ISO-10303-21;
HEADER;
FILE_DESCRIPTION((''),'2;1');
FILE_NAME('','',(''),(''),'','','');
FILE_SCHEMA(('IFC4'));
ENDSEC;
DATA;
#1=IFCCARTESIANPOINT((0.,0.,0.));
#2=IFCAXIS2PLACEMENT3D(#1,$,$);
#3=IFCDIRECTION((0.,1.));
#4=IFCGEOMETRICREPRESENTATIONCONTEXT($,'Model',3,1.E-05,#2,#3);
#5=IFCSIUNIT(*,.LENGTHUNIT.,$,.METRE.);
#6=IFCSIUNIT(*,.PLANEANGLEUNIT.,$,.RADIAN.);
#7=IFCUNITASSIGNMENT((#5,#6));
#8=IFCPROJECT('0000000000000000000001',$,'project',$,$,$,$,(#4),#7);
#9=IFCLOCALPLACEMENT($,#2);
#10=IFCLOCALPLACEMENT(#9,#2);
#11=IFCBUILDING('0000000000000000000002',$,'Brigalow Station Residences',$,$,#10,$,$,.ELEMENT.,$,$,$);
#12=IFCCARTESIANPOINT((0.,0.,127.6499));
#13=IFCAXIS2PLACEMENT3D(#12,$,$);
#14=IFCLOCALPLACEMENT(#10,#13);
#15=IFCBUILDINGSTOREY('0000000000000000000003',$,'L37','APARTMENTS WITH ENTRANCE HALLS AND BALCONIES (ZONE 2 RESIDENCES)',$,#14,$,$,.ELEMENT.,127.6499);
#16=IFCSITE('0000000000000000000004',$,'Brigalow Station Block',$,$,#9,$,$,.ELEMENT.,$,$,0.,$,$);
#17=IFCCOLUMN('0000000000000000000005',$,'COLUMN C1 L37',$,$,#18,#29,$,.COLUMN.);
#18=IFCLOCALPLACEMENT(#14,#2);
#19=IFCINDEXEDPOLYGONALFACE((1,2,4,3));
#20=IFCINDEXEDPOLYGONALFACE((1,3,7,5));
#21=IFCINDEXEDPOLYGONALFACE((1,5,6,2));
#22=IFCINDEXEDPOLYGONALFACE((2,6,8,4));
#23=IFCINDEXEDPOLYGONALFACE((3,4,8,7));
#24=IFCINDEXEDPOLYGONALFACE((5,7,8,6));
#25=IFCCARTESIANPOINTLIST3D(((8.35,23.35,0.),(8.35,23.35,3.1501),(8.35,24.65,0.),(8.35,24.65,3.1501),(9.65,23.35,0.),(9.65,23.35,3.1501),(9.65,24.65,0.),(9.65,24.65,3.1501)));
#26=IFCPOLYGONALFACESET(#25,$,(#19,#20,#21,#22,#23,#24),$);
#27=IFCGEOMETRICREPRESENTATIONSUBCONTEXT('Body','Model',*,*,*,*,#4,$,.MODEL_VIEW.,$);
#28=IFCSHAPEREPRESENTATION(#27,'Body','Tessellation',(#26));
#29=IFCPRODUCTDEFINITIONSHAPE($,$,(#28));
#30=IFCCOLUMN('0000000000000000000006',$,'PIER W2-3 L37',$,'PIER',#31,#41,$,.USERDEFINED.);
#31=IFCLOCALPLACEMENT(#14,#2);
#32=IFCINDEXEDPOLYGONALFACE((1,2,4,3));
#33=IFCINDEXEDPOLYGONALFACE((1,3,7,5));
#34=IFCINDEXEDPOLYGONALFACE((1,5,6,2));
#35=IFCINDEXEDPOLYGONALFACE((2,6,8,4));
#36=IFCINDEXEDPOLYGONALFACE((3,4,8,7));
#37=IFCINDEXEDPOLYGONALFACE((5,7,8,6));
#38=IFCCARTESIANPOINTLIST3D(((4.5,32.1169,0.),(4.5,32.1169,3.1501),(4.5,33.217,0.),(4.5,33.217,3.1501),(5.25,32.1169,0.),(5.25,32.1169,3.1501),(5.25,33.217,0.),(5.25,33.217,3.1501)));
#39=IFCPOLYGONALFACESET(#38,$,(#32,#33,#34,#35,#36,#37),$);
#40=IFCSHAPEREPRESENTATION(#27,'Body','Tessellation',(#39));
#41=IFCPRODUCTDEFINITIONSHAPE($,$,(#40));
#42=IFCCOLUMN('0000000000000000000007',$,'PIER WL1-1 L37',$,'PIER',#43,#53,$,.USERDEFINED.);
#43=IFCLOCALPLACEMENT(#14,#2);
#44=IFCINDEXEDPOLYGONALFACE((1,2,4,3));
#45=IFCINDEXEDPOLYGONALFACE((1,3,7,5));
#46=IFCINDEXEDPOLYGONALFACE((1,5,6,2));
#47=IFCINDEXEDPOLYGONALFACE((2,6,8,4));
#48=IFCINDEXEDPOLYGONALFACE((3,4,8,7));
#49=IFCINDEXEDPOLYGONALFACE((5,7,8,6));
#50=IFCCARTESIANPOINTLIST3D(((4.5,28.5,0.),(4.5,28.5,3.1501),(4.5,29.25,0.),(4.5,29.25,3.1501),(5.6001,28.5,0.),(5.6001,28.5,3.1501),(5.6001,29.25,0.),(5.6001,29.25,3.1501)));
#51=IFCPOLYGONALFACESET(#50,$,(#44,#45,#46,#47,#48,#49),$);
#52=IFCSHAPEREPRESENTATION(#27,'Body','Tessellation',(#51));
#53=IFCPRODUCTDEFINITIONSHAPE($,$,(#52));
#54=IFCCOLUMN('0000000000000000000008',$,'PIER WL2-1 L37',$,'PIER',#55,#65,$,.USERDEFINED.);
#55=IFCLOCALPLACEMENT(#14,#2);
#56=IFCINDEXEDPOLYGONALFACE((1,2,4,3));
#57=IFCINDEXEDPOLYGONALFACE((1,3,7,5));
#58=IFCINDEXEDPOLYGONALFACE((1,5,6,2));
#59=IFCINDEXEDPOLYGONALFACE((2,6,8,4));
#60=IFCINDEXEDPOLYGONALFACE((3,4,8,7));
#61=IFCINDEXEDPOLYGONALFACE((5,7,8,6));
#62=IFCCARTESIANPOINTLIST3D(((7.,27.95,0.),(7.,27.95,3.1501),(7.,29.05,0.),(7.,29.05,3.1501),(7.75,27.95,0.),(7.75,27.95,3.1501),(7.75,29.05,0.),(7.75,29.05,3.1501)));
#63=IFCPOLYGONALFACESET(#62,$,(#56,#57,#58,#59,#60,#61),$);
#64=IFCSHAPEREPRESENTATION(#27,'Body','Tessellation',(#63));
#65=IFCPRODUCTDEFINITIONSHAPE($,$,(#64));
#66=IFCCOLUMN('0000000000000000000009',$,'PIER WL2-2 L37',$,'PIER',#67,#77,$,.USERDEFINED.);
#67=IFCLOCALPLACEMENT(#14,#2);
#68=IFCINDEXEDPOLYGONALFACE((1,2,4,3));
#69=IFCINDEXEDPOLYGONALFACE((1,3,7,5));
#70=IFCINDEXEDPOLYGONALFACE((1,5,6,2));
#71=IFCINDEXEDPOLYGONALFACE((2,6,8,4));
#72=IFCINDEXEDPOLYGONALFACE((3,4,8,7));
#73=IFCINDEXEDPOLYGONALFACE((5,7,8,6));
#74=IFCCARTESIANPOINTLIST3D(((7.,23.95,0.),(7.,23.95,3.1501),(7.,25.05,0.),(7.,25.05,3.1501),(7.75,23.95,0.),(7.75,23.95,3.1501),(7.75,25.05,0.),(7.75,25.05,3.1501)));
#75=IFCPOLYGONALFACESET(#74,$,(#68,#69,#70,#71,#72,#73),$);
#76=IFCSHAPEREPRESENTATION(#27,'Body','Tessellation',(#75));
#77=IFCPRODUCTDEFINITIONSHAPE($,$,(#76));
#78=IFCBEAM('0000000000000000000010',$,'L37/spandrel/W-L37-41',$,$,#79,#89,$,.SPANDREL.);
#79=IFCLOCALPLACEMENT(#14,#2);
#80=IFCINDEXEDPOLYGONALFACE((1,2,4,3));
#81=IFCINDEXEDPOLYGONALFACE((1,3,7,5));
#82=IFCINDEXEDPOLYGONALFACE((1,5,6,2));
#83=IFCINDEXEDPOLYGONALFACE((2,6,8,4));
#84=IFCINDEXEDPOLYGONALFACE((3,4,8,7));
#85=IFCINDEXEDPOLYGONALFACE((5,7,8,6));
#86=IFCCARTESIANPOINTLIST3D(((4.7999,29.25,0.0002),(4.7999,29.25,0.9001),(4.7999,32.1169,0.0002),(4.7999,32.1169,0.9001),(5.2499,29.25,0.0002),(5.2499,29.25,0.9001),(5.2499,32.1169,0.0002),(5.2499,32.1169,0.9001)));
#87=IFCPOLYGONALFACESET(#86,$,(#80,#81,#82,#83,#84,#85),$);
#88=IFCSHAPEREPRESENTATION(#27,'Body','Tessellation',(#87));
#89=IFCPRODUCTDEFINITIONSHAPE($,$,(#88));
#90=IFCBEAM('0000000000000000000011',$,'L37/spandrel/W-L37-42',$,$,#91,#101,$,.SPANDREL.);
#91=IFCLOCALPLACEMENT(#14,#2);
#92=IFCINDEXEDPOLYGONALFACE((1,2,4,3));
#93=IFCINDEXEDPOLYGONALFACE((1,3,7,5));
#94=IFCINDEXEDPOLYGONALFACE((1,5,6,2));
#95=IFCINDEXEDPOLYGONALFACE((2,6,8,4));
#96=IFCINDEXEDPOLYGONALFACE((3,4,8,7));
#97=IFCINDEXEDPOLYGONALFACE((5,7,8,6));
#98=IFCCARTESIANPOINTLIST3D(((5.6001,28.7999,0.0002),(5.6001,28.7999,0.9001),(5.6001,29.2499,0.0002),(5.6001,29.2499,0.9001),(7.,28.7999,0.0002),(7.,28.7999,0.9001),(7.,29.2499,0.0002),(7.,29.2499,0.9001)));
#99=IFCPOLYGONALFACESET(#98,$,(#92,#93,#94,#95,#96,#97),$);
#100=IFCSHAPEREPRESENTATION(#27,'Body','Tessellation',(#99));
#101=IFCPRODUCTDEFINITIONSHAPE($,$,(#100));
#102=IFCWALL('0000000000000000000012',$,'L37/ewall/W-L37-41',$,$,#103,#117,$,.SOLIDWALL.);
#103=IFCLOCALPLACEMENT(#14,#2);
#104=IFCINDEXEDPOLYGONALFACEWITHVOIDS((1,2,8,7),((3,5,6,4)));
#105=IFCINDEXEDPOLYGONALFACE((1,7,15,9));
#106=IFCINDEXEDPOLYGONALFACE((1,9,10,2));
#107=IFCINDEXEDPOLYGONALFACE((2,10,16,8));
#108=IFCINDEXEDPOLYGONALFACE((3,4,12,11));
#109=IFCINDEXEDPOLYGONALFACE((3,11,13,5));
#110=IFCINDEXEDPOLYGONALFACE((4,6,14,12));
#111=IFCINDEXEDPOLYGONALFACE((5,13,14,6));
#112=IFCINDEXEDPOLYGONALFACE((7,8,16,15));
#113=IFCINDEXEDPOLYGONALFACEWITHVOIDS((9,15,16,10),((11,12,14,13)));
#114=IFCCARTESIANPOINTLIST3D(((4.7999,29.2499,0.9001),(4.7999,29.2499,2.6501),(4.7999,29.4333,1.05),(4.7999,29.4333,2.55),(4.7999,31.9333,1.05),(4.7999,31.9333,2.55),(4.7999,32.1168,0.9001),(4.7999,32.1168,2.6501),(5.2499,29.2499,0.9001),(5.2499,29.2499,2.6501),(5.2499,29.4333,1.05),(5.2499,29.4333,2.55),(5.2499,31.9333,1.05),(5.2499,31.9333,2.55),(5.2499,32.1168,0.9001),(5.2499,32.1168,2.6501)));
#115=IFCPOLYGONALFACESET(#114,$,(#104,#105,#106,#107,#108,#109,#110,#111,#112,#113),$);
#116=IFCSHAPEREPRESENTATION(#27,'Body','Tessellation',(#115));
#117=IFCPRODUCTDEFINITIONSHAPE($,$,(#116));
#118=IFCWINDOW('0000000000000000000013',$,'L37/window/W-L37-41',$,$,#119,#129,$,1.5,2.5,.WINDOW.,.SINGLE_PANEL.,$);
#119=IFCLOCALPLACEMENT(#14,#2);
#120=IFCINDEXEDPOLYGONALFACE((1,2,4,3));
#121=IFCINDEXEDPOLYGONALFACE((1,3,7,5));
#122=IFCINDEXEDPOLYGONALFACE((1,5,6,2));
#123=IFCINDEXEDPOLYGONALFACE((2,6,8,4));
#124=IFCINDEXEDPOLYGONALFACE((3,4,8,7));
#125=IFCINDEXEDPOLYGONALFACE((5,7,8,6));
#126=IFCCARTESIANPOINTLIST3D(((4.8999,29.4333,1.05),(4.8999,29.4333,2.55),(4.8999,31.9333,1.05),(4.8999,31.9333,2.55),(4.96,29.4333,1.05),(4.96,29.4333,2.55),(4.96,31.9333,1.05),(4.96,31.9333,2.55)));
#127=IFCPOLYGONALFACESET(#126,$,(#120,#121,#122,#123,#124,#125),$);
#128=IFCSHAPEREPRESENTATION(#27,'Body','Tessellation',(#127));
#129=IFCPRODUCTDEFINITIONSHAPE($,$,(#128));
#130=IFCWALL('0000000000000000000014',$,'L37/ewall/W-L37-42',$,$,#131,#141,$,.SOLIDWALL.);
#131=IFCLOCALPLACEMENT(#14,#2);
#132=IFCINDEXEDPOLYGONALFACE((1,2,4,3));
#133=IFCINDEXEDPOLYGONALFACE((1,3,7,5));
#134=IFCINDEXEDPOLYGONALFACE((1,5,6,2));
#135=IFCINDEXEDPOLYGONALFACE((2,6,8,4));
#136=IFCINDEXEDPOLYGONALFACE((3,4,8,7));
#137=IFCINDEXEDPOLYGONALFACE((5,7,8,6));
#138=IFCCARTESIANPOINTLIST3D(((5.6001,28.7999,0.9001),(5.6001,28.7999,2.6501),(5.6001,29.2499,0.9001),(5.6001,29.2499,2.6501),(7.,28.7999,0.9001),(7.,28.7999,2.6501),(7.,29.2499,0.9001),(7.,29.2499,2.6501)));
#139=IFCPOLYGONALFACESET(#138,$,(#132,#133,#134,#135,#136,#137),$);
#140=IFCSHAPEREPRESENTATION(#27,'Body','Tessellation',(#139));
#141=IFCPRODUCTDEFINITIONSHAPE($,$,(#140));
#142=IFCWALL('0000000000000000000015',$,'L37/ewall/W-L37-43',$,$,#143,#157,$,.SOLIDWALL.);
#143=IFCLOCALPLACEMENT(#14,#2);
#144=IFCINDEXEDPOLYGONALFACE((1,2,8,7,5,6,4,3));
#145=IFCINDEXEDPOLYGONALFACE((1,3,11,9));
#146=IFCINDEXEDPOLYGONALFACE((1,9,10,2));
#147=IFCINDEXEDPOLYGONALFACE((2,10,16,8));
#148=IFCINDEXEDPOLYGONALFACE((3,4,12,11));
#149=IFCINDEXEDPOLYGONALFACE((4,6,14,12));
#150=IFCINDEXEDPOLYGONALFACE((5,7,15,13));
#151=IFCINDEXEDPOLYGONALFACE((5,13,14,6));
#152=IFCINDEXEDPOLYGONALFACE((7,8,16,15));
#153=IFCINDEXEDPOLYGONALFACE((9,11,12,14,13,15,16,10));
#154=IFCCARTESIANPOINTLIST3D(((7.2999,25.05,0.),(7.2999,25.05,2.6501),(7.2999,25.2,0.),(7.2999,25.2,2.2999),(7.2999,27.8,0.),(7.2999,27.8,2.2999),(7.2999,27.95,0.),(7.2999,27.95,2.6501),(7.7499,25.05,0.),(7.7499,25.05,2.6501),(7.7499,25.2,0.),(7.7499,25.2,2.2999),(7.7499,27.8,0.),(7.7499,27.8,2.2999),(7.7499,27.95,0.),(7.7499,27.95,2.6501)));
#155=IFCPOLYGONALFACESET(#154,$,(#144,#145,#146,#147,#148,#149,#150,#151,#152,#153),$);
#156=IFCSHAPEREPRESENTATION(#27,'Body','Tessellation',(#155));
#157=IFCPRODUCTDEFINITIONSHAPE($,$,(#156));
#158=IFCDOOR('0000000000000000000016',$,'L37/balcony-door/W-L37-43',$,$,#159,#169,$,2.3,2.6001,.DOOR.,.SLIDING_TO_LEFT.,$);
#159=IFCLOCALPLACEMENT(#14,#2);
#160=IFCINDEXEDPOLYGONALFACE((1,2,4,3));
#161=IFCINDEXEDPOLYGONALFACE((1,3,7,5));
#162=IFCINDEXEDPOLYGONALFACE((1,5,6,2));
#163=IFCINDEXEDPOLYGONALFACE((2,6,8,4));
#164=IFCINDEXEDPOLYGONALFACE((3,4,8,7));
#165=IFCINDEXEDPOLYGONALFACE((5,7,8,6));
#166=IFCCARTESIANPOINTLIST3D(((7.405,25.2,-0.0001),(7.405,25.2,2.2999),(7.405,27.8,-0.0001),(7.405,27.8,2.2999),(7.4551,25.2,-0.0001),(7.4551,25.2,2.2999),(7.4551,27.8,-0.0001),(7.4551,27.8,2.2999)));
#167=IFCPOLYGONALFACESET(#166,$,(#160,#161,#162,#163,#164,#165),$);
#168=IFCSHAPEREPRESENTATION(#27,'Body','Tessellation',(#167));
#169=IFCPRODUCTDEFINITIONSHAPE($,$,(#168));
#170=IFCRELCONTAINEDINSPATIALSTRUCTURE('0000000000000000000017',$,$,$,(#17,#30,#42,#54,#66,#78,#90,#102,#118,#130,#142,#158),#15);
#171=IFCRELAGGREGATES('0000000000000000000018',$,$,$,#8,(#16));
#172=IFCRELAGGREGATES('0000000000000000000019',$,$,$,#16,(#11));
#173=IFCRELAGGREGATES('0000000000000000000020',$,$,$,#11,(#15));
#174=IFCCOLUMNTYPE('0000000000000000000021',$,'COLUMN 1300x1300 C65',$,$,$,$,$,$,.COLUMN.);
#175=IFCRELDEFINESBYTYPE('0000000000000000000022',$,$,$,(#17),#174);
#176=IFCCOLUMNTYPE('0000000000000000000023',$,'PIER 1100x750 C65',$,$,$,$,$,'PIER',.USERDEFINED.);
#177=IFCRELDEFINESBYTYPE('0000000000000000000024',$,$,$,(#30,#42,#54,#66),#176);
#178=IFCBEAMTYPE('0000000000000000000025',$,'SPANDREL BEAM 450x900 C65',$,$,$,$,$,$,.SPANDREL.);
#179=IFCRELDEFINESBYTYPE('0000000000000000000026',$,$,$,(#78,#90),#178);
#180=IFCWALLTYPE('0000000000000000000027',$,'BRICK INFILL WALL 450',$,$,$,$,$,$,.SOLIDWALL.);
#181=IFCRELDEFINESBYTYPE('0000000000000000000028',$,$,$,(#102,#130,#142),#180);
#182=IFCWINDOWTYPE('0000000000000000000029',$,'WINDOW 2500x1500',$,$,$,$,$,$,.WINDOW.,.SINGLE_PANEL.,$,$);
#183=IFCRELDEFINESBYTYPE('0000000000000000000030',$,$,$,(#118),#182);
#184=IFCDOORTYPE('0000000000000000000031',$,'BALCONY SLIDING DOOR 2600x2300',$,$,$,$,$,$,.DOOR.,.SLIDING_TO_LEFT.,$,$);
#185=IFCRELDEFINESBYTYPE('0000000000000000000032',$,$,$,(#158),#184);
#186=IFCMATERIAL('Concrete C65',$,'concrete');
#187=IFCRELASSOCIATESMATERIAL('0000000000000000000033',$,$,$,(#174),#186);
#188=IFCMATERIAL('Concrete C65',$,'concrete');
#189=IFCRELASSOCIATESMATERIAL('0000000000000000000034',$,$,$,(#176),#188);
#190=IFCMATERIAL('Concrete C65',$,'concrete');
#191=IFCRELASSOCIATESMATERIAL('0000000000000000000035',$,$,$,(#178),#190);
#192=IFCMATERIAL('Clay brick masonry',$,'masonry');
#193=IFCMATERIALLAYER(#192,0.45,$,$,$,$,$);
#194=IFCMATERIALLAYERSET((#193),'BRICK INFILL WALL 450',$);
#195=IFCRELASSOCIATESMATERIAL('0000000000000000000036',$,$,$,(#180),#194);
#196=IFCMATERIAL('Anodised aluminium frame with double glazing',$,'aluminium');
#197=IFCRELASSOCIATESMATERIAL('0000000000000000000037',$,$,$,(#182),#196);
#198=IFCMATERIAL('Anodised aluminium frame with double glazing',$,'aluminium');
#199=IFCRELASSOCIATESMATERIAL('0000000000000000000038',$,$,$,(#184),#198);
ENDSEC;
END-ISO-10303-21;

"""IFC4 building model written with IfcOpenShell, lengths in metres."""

from ifc_helpers import new_model, si_unit, direction, frame, frame_2d, origin, origin_2d, place, context, subcontext, project, spatial, rectangle, extrude, material, layer, layer_set, material_profile, profile_set, type_object, element, fill, save


model = new_model("IFC4")

# Units and contexts
model_context = context("Model", 3, precision=1e-05, world=origin(), true_north=direction((0.0, 1.0)))
body_context = subcontext(model_context, "Body", "Model", "MODEL_VIEW")
ifc_project = project(units=[si_unit("LENGTHUNIT", "METRE"), si_unit("PLANEANGLEUNIT", "RADIAN")], contexts=[model_context])

# Site, building, storey
site_placement = place(None, origin())
site = spatial("IfcSite", under=ifc_project, at=site_placement, Name="Brigalow Station Block", CompositionType="ELEMENT", RefElevation=0.0)
building_placement = place(site_placement, origin())
building = spatial("IfcBuilding", under=site, at=building_placement, Name="Brigalow Station Residences", CompositionType="ELEMENT")
storey_placement = place(building_placement, frame((0.0, 0.0, 127.6499)))
storey = spatial("IfcBuildingStorey", under=building, at=storey_placement, Name="L37", Description="APARTMENTS WITH ENTRANCE HALLS AND BALCONIES (ZONE 2 RESIDENCES)", CompositionType="ELEMENT", Elevation=127.6499)

# Columns
ifc_material_1 = material(Name="Concrete C65", Category="concrete")
ifc_material_profile_1 = material_profile(ifc_material_1, rectangle(XDim=1.3, YDim=1.3, at=origin_2d()), Name="RC1300x1300")
ifc_profile_set_1 = profile_set([ifc_material_profile_1], Name="Concrete C65")
column_type_1 = type_object("IfcColumnType", Name="COLUMN 1300x1300 C65", PredefinedType="COLUMN", material=ifc_profile_set_1)
column_placement = place(storey_placement, frame((9.0, 24.0, 0.0), z_axis=(0.0, 0.0, 1.0), x_axis=(1.0, 0.0, 0.0)))
element("IfcColumn", 1, at=column_placement, inside=storey, type_object=column_type_1, Name="COLUMN C1 L37", PredefinedType="COLUMN", context=body_context, shape_type="SweptSolid", body=[
    extrude(rectangle(XDim=1.3, YDim=1.3, at=origin_2d()), origin(), (0.0, 0.0, 1.0), 3.1501),
])
ifc_material_2 = material(Name="Concrete C65", Category="concrete")
ifc_material_profile_2 = material_profile(ifc_material_2, rectangle(XDim=1.1001, YDim=0.75, at=origin_2d()), Name="RC1100x750")
ifc_profile_set_2 = profile_set([ifc_material_profile_2], Name="Concrete C65")
column_type_2 = type_object("IfcColumnType", Name="PIER 1100x750 C65", ElementType="PIER", PredefinedType="USERDEFINED", material=ifc_profile_set_2)
for number, where, z_axis, x_axis, name in (
    (2, (4.875, 32.667, 0.0), (0.0, 0.0, 1.0), (0.0, -1.0, 0.0), "PIER W2-3 L37"),
    (3, (5.05, 28.875, 0.0), (0.0, 0.0, 1.0), (1.0, 0.0, 0.0), "PIER WL1-1 L37"),
    (4, (7.375, 28.5, 0.0), (0.0, 0.0, 1.0), (0.0, -1.0, 0.0), "PIER WL2-1 L37"),
    (5, (7.375, 24.5, 0.0), (0.0, 0.0, 1.0), (0.0, -1.0, 0.0), "PIER WL2-2 L37"),
):
    element("IfcColumn", number, at=place(storey_placement, frame(where, z_axis=z_axis, x_axis=x_axis)), inside=storey, type_object=column_type_2, Name=name, ObjectType="PIER", PredefinedType="USERDEFINED", context=body_context, shape_type="SweptSolid", body=[
        extrude(rectangle(XDim=1.1001, YDim=0.75, at=origin_2d()), origin(), (0.0, 0.0, 1.0), 3.1501),
    ])

# Beams
ifc_material_3 = material(Name="Concrete C65", Category="concrete")
ifc_material_profile_3 = material_profile(ifc_material_3, rectangle(XDim=0.45, YDim=0.8999, at=origin_2d()), Name="RC450x900")
ifc_profile_set_3 = profile_set([ifc_material_profile_3], Name="Concrete C65")
beam_type = type_object("IfcBeamType", Name="SPANDREL BEAM 450x900 C65", PredefinedType="SPANDREL", material=ifc_profile_set_3)
beam_1_placement = place(storey_placement, frame((5.0249, 32.1169, 0.4502), z_axis=(0.0, -1.0, 0.0), x_axis=(1.0, 0.0, 0.0)))
element("IfcBeam", 6, at=beam_1_placement, inside=storey, type_object=beam_type, Name="L37/spandrel/W-L37-41", PredefinedType="SPANDREL", context=body_context, shape_type="SweptSolid", body=[
    extrude(rectangle(XDim=0.45, YDim=0.8999, at=origin_2d()), origin(), (0.0, 0.0, 1.0), 2.8669),
])
beam_2_placement = place(storey_placement, frame((5.6001, 29.0249, 0.4502), z_axis=(1.0, 0.0, 0.0), x_axis=(0.0, 1.0, 0.0)))
element("IfcBeam", 7, at=beam_2_placement, inside=storey, type_object=beam_type, Name="L37/spandrel/W-L37-42", PredefinedType="SPANDREL", context=body_context, shape_type="SweptSolid", body=[
    extrude(rectangle(XDim=0.45, YDim=0.8999, at=origin_2d()), origin(), (0.0, 0.0, 1.0), 1.3999),
])

# Wall, opening, window
ifc_material_4 = material(Name="Clay brick masonry", Category="masonry")
ifc_layer_1 = layer(ifc_material_4, 0.45)
ifc_layer_set_1 = layer_set([ifc_layer_1], Name="BRICK INFILL WALL 450")
wall_type_1 = type_object("IfcWallType", Name="BRICK INFILL WALL 450", PredefinedType="SOLIDWALL", material=ifc_layer_set_1)
wall_1_placement = place(storey_placement, frame((5.0249, 32.1169, 0.9001), z_axis=(0.0, 0.0, 1.0), x_axis=(0.0, -1.0, 0.0)))
wall_1 = element("IfcWall", 8, at=wall_1_placement, inside=storey, type_object=wall_type_1, Name="L37/ewall/W-L37-41", PredefinedType="SOLIDWALL", context=body_context, shape_type="SweptSolid", body=[
    extrude(rectangle(XDim=2.8669, YDim=0.45, at=frame_2d((1.4336, 0.0))), origin(), (0.0, 0.0, 1.0), 1.75),
])
opening_1_placement = place(wall_1_placement, frame((0.1836, 0.0, 0.1499)))
opening_1 = element("IfcOpeningElement", 9, at=opening_1_placement, cuts=wall_1, PredefinedType="OPENING", context=body_context, shape_type="SweptSolid", body=[
    extrude(rectangle(XDim=2.5, YDim=1.5, at=frame_2d((1.25, 0.75))), frame((0.0, 0.2349, 0.0), z_axis=(0.0, -1.0, 0.0), x_axis=(1.0, 0.0, 0.0)), (0.0, 0.0, 1.0), 0.47),
])
ifc_material_5 = material(Name="Anodised aluminium frame with double glazing", Category="aluminium")
window_type = type_object("IfcWindowType", Name="WINDOW 2500x1500", PartitioningType="SINGLE_PANEL", PredefinedType="WINDOW", material=ifc_material_5)
window_placement = place(opening_1_placement, origin())
window = element("IfcWindow", 10, at=window_placement, inside=storey, type_object=window_type, Name="L37/window/W-L37-41", OverallHeight=1.5, OverallWidth=2.5, PartitioningType="SINGLE_PANEL", PredefinedType="WINDOW", context=body_context, shape_type="SweptSolid", body=[
    extrude(rectangle(XDim=2.5, YDim=1.5, at=frame_2d((1.25, 0.75))), frame((0.0, -0.0649, 0.0), z_axis=(0.0, -1.0, 0.0), x_axis=(1.0, 0.0, 0.0)), (0.0, 0.0, 1.0), 0.0601),
])
fill(opening_1, window)

# Wall
wall_2_placement = place(storey_placement, frame((5.6001, 29.0249, 0.9001), z_axis=(0.0, 0.0, 1.0), x_axis=(1.0, 0.0, 0.0)))
element("IfcWall", 11, at=wall_2_placement, inside=storey, type_object=wall_type_1, Name="L37/ewall/W-L37-42", PredefinedType="SOLIDWALL", context=body_context, shape_type="SweptSolid", body=[
    extrude(rectangle(XDim=1.3999, YDim=0.45, at=frame_2d((0.7, 0.0))), origin(), (0.0, 0.0, 1.0), 1.75),
])

# Wall, opening, door
wall_3_placement = place(storey_placement, frame((7.5249, 27.95, 0.0), z_axis=(0.0, 0.0, 1.0), x_axis=(0.0, -1.0, 0.0)))
wall_3 = element("IfcWall", 12, at=wall_3_placement, inside=storey, type_object=wall_type_1, Name="L37/ewall/W-L37-43", PredefinedType="SOLIDWALL", context=body_context, shape_type="SweptSolid", body=[
    extrude(rectangle(XDim=2.8999, YDim=0.45, at=frame_2d((1.45, 0.0))), origin(), (0.0, 0.0, 1.0), 2.6501),
])
opening_2_placement = place(wall_3_placement, frame((0.1499, 0.0, 0.0)))
opening_2 = element("IfcOpeningElement", 13, at=opening_2_placement, cuts=wall_3, PredefinedType="OPENING", context=body_context, shape_type="SweptSolid", body=[
    extrude(rectangle(XDim=2.6001, YDim=2.3, at=frame_2d((1.3, 1.1499))), frame((0.0, 0.2349, 0.0), z_axis=(0.0, -1.0, 0.0), x_axis=(1.0, 0.0, 0.0)), (0.0, 0.0, 1.0), 0.47),
])
ifc_material_6 = material(Name="Anodised aluminium frame with double glazing", Category="aluminium")
door_type_1 = type_object("IfcDoorType", Name="BALCONY SLIDING DOOR 2600x2300", OperationType="SLIDING_TO_LEFT", PredefinedType="DOOR", material=ifc_material_6)
door_1_placement = place(opening_2_placement, origin())
door_1 = element("IfcDoor", 14, at=door_1_placement, inside=storey, type_object=door_type_1, Name="L37/balcony-door/W-L37-43", OperationType="SLIDING_TO_LEFT", OverallHeight=2.3, OverallWidth=2.6001, PredefinedType="DOOR", context=body_context, shape_type="SweptSolid", body=[
    extrude(rectangle(XDim=2.6001, YDim=2.3, at=frame_2d((1.3, 1.1499))), frame((0.0, -0.0698, 0.0), z_axis=(0.0, -1.0, 0.0), x_axis=(1.0, 0.0, 0.0)), (0.0, 0.0, 1.0), 0.05),
])
fill(opening_2, door_1)

save(model, "model.ifc")
